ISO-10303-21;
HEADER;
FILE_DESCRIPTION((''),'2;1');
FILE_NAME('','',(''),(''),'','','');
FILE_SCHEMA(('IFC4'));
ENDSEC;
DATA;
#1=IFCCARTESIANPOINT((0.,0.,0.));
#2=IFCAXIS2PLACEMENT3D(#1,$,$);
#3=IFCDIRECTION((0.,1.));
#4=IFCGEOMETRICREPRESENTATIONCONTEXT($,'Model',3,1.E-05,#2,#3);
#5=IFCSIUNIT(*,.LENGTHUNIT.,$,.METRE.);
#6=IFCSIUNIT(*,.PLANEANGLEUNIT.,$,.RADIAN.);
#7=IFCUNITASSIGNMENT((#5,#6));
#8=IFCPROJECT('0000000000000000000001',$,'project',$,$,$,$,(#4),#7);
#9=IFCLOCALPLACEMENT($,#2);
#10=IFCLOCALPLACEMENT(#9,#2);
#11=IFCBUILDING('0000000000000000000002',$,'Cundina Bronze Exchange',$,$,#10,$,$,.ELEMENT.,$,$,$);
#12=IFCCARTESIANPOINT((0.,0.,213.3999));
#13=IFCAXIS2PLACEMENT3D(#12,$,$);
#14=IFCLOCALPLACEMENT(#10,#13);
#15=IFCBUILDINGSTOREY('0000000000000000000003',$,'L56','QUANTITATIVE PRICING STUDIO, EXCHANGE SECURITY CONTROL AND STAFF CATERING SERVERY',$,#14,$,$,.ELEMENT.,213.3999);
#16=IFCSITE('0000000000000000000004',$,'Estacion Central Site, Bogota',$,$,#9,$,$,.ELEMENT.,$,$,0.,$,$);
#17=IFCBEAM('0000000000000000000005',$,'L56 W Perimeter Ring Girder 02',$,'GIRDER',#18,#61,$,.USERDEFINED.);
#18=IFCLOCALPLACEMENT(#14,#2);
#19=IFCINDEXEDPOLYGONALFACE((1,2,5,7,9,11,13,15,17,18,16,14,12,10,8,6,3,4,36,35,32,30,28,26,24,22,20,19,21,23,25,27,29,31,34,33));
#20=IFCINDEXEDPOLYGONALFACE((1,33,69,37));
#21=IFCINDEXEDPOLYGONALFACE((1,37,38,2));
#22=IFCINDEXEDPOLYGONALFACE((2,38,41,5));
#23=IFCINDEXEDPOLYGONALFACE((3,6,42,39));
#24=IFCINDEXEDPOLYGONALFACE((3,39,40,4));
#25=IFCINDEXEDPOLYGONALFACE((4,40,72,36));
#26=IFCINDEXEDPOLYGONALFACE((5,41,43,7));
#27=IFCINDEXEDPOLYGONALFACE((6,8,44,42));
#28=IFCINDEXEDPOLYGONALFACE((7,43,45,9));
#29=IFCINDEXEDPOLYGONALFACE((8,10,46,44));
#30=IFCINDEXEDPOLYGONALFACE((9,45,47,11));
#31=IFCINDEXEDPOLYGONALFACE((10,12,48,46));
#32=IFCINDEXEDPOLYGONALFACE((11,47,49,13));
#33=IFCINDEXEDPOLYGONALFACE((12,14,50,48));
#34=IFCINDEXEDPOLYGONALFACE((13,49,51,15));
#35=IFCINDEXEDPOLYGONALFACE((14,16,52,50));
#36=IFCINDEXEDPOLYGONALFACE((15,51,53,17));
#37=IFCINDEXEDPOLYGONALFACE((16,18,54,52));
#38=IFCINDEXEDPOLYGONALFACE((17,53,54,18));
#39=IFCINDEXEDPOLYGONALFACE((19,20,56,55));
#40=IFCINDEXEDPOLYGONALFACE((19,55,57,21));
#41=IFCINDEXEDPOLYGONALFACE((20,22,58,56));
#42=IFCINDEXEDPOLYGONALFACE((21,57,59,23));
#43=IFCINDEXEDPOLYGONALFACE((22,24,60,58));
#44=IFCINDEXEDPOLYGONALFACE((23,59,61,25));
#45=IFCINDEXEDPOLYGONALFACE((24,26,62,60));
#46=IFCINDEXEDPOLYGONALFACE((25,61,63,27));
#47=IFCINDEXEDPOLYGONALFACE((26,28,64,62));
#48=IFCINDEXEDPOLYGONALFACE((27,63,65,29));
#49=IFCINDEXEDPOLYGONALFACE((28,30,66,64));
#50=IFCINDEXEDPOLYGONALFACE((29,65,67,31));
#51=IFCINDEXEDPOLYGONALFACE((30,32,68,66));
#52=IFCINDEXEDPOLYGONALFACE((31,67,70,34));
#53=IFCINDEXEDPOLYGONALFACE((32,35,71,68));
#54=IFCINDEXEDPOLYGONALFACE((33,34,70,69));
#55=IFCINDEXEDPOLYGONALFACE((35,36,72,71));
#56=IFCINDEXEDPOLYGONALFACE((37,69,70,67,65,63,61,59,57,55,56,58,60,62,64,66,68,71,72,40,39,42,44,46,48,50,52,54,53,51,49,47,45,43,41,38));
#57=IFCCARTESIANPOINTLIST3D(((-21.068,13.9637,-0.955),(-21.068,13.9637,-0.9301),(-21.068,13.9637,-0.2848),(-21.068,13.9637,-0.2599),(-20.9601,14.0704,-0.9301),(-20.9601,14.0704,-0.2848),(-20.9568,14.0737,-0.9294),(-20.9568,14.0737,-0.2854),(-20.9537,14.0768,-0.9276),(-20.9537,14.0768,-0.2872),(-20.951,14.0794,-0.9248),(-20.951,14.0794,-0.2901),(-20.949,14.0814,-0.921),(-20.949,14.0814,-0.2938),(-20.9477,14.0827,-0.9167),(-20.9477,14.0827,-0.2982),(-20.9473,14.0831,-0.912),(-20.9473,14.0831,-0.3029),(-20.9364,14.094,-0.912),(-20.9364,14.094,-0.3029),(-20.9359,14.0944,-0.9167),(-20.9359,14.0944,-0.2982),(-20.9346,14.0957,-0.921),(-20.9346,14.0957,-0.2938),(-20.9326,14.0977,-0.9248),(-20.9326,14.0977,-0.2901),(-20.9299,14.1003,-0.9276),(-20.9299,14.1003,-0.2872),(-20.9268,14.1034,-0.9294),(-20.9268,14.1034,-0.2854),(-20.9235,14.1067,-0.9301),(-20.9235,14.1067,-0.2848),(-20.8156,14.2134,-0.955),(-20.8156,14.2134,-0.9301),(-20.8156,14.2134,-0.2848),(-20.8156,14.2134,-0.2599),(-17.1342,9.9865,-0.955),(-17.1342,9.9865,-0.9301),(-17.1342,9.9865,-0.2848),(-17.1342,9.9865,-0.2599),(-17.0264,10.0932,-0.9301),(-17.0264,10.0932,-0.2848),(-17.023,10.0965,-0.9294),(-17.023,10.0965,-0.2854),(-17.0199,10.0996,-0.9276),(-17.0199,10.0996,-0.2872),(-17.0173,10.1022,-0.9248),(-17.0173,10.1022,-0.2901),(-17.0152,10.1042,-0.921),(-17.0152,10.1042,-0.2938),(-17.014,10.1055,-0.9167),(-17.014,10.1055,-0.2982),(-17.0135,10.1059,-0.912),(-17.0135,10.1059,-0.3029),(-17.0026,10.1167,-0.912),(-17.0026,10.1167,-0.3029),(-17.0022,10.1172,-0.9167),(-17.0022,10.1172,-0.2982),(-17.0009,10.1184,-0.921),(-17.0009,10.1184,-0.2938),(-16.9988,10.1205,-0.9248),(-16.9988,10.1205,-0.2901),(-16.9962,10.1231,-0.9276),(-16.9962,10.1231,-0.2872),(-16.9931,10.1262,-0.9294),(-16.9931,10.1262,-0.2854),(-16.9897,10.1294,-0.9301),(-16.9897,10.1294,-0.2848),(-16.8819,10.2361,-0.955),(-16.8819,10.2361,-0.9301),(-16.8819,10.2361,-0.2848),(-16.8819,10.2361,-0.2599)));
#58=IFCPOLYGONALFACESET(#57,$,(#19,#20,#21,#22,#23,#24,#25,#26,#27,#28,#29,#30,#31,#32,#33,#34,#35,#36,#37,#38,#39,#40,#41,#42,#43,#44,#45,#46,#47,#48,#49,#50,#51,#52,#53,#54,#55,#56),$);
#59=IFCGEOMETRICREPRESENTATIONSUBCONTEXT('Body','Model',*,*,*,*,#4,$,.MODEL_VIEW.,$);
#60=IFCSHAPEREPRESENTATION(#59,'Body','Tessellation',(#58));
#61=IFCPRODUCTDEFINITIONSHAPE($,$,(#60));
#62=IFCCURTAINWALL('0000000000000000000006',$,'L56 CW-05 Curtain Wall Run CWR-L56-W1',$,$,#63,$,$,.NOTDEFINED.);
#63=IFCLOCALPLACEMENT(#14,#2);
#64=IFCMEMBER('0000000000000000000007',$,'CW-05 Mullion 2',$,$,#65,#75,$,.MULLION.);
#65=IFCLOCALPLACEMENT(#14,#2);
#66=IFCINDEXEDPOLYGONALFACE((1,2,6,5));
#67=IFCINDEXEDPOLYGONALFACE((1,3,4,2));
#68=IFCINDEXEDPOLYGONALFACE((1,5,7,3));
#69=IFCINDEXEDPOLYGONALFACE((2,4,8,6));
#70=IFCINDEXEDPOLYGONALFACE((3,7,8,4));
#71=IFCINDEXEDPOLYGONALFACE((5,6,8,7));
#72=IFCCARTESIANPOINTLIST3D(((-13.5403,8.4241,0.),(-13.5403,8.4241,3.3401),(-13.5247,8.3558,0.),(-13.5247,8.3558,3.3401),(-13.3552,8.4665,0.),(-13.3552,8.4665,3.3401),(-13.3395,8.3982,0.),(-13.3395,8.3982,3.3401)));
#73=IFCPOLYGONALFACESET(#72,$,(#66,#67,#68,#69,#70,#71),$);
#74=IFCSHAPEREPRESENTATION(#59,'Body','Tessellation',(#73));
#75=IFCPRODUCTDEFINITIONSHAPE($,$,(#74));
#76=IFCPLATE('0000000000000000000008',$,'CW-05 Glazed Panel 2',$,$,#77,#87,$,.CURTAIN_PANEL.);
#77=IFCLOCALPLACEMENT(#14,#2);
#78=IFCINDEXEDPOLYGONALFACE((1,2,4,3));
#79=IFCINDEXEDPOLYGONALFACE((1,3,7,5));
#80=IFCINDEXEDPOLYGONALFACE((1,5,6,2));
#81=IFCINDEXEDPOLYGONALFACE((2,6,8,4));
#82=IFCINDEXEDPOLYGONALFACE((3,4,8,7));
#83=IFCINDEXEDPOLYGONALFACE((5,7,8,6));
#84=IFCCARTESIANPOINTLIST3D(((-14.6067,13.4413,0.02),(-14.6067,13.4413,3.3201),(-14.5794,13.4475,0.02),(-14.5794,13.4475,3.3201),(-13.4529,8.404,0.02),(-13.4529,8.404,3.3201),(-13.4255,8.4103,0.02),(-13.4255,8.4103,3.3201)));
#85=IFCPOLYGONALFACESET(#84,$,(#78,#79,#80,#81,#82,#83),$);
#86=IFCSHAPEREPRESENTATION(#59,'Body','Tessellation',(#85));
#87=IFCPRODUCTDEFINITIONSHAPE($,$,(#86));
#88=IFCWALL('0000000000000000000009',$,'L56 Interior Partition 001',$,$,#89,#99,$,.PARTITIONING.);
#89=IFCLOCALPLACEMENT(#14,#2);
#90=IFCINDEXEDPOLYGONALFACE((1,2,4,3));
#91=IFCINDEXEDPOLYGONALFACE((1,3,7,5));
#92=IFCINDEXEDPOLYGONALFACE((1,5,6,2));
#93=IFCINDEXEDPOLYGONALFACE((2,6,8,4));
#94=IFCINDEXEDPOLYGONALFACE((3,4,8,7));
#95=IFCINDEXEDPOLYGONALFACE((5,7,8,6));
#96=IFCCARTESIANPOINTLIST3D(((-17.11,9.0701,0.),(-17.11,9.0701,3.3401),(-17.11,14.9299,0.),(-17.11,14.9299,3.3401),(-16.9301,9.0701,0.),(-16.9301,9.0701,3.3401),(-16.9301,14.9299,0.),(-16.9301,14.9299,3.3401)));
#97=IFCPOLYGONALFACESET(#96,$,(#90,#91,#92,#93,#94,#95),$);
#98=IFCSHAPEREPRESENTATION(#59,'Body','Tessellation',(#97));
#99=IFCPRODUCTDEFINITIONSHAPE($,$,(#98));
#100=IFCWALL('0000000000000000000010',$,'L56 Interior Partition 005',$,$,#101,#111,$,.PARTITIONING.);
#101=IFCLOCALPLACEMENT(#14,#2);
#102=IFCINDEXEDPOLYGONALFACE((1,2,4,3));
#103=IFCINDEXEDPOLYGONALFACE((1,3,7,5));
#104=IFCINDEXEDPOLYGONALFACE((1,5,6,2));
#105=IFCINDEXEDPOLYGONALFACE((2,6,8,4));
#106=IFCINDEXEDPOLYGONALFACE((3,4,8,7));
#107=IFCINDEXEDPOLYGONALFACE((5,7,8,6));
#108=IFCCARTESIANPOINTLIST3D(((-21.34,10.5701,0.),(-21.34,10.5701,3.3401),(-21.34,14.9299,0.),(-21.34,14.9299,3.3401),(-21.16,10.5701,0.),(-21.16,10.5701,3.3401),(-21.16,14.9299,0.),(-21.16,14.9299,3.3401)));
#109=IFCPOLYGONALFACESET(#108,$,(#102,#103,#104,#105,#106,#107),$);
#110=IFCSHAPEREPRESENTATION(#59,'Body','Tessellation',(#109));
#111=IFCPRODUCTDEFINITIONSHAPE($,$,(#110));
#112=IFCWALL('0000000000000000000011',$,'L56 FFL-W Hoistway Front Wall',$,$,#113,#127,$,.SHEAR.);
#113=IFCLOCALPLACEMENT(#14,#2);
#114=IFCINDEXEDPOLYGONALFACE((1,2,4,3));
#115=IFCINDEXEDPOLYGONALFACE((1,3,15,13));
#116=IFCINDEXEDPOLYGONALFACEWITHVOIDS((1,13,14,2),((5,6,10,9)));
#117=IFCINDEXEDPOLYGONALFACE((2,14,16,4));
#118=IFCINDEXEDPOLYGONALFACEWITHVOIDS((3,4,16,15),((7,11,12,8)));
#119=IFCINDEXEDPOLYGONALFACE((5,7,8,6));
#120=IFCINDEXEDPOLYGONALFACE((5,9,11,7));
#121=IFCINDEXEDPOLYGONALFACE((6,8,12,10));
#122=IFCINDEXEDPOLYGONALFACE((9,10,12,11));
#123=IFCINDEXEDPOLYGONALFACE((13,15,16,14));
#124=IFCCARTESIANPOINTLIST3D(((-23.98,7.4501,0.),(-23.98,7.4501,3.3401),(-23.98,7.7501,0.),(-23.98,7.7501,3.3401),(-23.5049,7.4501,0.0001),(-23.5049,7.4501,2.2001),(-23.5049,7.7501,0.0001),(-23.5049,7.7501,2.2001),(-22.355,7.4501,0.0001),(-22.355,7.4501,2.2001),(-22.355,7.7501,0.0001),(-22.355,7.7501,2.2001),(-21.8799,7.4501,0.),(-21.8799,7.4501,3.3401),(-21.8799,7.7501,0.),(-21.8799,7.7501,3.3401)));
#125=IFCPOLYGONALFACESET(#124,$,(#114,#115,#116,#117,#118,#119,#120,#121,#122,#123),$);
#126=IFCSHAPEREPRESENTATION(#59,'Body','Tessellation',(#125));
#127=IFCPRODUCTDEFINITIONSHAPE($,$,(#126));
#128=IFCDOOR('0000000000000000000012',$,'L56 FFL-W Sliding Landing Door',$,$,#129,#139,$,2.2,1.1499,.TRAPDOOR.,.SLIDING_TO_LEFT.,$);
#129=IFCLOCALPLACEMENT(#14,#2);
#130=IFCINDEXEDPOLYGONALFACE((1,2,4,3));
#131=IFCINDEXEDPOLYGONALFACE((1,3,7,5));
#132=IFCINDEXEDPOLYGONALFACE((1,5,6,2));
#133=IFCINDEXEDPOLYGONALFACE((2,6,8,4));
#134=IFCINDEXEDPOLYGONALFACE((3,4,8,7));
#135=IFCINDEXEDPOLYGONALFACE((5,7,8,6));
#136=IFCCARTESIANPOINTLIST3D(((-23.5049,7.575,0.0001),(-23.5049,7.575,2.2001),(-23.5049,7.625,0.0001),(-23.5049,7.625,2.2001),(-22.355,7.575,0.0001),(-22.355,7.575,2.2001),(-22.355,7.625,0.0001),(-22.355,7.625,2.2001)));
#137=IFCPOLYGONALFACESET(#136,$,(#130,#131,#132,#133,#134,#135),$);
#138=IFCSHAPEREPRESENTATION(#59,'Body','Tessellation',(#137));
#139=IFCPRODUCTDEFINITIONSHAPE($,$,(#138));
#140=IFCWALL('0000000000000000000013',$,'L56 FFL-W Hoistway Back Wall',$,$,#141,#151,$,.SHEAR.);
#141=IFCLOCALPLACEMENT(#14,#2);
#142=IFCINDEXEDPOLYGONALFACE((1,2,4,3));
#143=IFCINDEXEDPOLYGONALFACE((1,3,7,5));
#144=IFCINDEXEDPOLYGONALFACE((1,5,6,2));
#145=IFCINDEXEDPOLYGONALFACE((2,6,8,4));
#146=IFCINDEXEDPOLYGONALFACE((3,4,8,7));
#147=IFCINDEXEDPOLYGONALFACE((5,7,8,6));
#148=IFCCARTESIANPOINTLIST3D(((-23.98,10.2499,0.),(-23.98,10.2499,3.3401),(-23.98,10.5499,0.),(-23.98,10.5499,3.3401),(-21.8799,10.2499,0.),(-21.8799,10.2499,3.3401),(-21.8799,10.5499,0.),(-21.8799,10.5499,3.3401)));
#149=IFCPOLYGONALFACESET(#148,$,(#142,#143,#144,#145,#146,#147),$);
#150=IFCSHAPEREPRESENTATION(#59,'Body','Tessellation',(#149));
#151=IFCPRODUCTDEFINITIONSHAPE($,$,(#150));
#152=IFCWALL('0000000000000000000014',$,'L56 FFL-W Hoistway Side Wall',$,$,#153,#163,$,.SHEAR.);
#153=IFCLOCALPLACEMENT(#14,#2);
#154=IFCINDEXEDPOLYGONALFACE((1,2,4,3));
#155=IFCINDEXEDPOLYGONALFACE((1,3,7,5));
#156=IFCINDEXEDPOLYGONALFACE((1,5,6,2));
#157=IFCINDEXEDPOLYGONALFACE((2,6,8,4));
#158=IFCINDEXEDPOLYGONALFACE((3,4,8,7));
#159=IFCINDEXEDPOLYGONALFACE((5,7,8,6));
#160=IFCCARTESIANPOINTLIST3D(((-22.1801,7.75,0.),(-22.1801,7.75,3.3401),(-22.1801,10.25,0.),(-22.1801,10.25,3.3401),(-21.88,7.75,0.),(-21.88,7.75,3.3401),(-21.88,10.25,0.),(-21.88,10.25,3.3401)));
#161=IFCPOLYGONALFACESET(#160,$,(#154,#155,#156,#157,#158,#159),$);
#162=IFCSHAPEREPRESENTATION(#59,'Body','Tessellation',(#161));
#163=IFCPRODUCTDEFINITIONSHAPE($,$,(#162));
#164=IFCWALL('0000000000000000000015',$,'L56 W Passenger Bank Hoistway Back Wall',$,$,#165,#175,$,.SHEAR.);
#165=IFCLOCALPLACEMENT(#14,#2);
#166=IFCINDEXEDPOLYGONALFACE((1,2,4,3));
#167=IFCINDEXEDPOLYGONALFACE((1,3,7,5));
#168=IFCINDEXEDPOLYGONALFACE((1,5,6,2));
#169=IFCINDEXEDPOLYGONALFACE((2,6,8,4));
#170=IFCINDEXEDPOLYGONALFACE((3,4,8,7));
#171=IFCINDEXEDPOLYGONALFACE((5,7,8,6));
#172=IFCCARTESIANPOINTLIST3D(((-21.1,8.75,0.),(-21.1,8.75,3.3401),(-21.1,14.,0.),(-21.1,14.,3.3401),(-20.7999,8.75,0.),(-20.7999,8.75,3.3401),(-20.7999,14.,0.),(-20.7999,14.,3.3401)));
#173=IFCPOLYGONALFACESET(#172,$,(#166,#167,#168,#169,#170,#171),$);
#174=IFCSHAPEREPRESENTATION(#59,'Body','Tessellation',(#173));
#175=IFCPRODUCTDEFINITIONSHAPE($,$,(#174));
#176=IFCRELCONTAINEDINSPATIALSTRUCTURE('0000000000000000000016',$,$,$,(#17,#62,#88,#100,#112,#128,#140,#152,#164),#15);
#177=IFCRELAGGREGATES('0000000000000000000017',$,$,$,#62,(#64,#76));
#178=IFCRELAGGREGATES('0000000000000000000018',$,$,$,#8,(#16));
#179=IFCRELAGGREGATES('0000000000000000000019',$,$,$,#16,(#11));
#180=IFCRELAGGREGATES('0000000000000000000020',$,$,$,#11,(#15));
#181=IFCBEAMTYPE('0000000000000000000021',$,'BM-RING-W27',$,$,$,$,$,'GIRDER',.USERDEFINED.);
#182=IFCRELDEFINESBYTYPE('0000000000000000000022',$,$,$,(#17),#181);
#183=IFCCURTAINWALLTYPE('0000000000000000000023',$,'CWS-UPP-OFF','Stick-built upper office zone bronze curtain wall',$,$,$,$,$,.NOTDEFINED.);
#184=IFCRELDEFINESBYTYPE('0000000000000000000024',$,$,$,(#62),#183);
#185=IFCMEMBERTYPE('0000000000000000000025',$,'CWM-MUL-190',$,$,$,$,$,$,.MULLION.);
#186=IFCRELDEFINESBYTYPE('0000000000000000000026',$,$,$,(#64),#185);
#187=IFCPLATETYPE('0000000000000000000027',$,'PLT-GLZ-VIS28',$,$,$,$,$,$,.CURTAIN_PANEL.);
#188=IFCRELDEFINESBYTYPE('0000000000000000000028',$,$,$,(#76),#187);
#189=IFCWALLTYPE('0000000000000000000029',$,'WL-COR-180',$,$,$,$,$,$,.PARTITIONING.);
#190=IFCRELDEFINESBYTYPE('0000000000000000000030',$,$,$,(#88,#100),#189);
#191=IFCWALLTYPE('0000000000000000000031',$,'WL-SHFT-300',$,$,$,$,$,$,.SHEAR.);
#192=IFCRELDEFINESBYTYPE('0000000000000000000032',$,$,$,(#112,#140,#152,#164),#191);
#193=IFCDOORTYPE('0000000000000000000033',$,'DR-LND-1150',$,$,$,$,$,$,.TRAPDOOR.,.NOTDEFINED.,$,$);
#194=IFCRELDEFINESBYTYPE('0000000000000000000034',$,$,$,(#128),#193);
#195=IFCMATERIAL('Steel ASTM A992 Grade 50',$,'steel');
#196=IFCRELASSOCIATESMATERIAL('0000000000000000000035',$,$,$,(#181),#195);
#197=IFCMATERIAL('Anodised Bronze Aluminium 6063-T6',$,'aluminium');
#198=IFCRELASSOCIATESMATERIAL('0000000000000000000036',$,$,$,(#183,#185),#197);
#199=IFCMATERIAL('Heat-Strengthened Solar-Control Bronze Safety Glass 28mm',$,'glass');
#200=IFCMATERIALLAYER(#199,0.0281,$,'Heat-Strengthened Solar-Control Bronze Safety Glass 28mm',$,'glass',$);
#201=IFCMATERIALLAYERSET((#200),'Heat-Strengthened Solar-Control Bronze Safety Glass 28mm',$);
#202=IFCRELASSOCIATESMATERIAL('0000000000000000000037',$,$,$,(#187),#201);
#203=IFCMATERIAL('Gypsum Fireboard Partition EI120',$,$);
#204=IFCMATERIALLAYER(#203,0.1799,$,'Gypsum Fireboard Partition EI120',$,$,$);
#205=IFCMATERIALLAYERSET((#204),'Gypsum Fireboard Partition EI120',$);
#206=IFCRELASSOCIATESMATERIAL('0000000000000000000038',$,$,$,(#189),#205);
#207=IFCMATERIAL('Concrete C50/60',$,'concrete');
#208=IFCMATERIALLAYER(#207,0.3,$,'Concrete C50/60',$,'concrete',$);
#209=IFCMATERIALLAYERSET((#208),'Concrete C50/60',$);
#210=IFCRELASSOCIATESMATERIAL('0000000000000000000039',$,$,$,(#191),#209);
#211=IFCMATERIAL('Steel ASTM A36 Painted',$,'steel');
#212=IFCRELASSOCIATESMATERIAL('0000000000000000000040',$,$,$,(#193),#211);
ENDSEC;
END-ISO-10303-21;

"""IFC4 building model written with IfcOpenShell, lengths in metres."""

from ifc_helpers import new_model, si_unit, direction, frame, frame_2d, origin, origin_2d, place, context, subcontext, project, spatial, rectangle, i_section, extrude, material, layer, layer_set, material_profile, profile_set, type_object, element, fill, aggregate, save


model = new_model("IFC4")

# Units and contexts
model_context = context("Model", 3, precision=1e-05, world=origin(), true_north=direction((0.0, 1.0)))
body_context = subcontext(model_context, "Body", "Model", "MODEL_VIEW")
ifc_project = project(units=[si_unit("LENGTHUNIT", "METRE"), si_unit("PLANEANGLEUNIT", "RADIAN")], contexts=[model_context])

# Site, building, storey
site_placement = place(None, origin())
site = spatial("IfcSite", under=ifc_project, at=site_placement, Name="Estacion Central Site, Bogota", CompositionType="ELEMENT", RefElevation=0.0)
building_placement = place(site_placement, origin())
building = spatial("IfcBuilding", under=site, at=building_placement, Name="Cundina Bronze Exchange", CompositionType="ELEMENT")
storey_placement = place(building_placement, frame((0.0, 0.0, 213.3999)))
storey = spatial("IfcBuildingStorey", under=building, at=storey_placement, Name="L56", Description="QUANTITATIVE PRICING STUDIO, EXCHANGE SECURITY CONTROL AND STAFF CATERING SERVERY", CompositionType="ELEMENT", Elevation=213.3999)

# Shared definitions
ifc_material_1 = material(Name="Concrete C50/60", Category="concrete")

# Beam
ifc_material_2 = material(Name="Steel ASTM A992 Grade 50", Category="steel")
ifc_material_profile_1 = material_profile(ifc_material_2, i_section(OverallWidth=0.355, OverallDepth=0.6951, WebThickness=0.0154, FlangeThickness=0.0249, FilletRadius=0.0181, at=origin_2d()), Name="W27X146", Category="steel")
ifc_profile_set_1 = profile_set([ifc_material_profile_1], Name="Steel ASTM A992 Grade 50")
beam_type_1 = type_object("IfcBeamType", Name="BM-RING-W27", ElementType="GIRDER", PredefinedType="USERDEFINED", material=ifc_profile_set_1)
beam_1_placement = place(storey_placement, frame((-17.0081, 10.1113, -0.6074), z_axis=(-0.703212, 0.71098, 0.0), x_axis=(-0.71098, -0.703212, 0.0)))
element("IfcBeam", 1, at=beam_1_placement, inside=storey, type_object=beam_type_1, Name="L56 W Perimeter Ring Girder 02", ObjectType="GIRDER", PredefinedType="USERDEFINED", context=body_context, shape_type="SweptSolid", body=[
    extrude(i_section(OverallWidth=0.355, OverallDepth=0.6951, WebThickness=0.0154, FlangeThickness=0.0249, FilletRadius=0.0181, at=origin_2d()), origin(), (0.0, 0.0, 1.0), 5.594),
])

# Curtain wall, member, plate
ifc_material_3 = material(Name="Anodised Bronze Aluminium 6063-T6", Category="aluminium")
curtain_wall_type = type_object("IfcCurtainWallType", Name="CWS-UPP-OFF", Description="Stick-built upper office zone bronze curtain wall", PredefinedType="NOTDEFINED", material=ifc_material_3)
curtain_wall_placement = place(storey_placement, origin())
curtain_wall = element("IfcCurtainWall", 2, at=curtain_wall_placement, inside=storey, type_object=curtain_wall_type, Name="L56 CW-05 Curtain Wall Run CWR-L56-W1", PredefinedType="NOTDEFINED")
ifc_material_profile_2 = material_profile(ifc_material_3, rectangle(XDim=0.0701, YDim=0.1899, at=origin_2d()), Name="AL70X190", Category="aluminium")
ifc_profile_set_2 = profile_set([ifc_material_profile_2], Name="Anodised Bronze Aluminium 6063-T6")
member_type = type_object("IfcMemberType", Name="CWM-MUL-190", PredefinedType="MULLION", material=ifc_profile_set_2)
member_placement = place(storey_placement, frame((-13.4399, 8.4111, 0.0), z_axis=(0.0, 0.0, 1.0), x_axis=(-0.22325, 0.974761, 0.0)))
member = element("IfcMember", 3, at=member_placement, type_object=member_type, Name="CW-05 Mullion 2", PredefinedType="MULLION", context=body_context, shape_type="SweptSolid", body=[
    extrude(rectangle(XDim=0.0701, YDim=0.1899, at=origin_2d()), origin(), (0.0, 0.0, 1.0), 3.3401),
])
ifc_material_4 = material(Name="Heat-Strengthened Solar-Control Bronze Safety Glass 28mm", Category="glass")
ifc_layer_1 = layer(ifc_material_4, 0.0281, Name="Heat-Strengthened Solar-Control Bronze Safety Glass 28mm", Category="glass")
ifc_layer_set_1 = layer_set([ifc_layer_1], Name="Heat-Strengthened Solar-Control Bronze Safety Glass 28mm")
plate_type = type_object("IfcPlateType", Name="PLT-GLZ-VIS28", PredefinedType="CURTAIN_PANEL", material=ifc_layer_set_1)
plate_placement = place(storey_placement, frame((-14.0161, 10.9258, 0.02), z_axis=(0.0, 0.0, 1.0), x_axis=(-0.223284, 0.974753, 0.0)))
plate = element("IfcPlate", 4, at=plate_placement, type_object=plate_type, Name="CW-05 Glazed Panel 2", PredefinedType="CURTAIN_PANEL", context=body_context, shape_type="SweptSolid", body=[
    extrude(rectangle(XDim=5.1677, YDim=0.0281, at=origin_2d()), origin(), (0.0, 0.0, 1.0), 3.3),
])
aggregate(curtain_wall, [member, plate])

# Walls
ifc_material_5 = material(Name="Gypsum Fireboard Partition EI120")
ifc_layer_2 = layer(ifc_material_5, 0.1799, Name="Gypsum Fireboard Partition EI120")
ifc_layer_set_2 = layer_set([ifc_layer_2], Name="Gypsum Fireboard Partition EI120")
wall_type_1 = type_object("IfcWallType", Name="WL-COR-180", PredefinedType="PARTITIONING", material=ifc_layer_set_2)
wall_1_placement = place(storey_placement, frame((-17.02, 9.0701, 0.0), z_axis=(0.0, 0.0, 1.0), x_axis=(0.0, 1.0, 0.0)))
element("IfcWall", 5, at=wall_1_placement, inside=storey, type_object=wall_type_1, Name="L56 Interior Partition 001", PredefinedType="PARTITIONING", context=body_context, shape_type="SweptSolid", body=[
    extrude(rectangle(XDim=5.8599, YDim=0.1799, at=frame_2d((2.9299, 0.0))), origin(), (0.0, 0.0, 1.0), 3.3401),
])
wall_2_placement = place(storey_placement, frame((-21.25, 10.5701, 0.0), z_axis=(0.0, 0.0, 1.0), x_axis=(0.0, 1.0, 0.0)))
element("IfcWall", 6, at=wall_2_placement, inside=storey, type_object=wall_type_1, Name="L56 Interior Partition 005", PredefinedType="PARTITIONING", context=body_context, shape_type="SweptSolid", body=[
    extrude(rectangle(XDim=4.3599, YDim=0.1799, at=frame_2d((2.1799, 0.0))), origin(), (0.0, 0.0, 1.0), 3.3401),
])

# Wall, opening, door
ifc_layer_3 = layer(ifc_material_1, 0.3, Name="Concrete C50/60", Category="concrete")
ifc_layer_set_3 = layer_set([ifc_layer_3], Name="Concrete C50/60")
wall_type_2 = type_object("IfcWallType", Name="WL-SHFT-300", PredefinedType="SHEAR", material=ifc_layer_set_3)
wall_3_placement = place(storey_placement, frame((-23.98, 7.6001, 0.0), z_axis=(0.0, 0.0, 1.0), x_axis=(1.0, 0.0, 0.0)))
wall_3 = element("IfcWall", 7, at=wall_3_placement, inside=storey, type_object=wall_type_2, Name="L56 FFL-W Hoistway Front Wall", PredefinedType="SHEAR", context=body_context, shape_type="SweptSolid", body=[
    extrude(rectangle(XDim=2.1001, YDim=0.3, at=frame_2d((1.05, 0.0))), origin(), (0.0, 0.0, 1.0), 3.3401),
])
opening_1_placement = place(wall_3_placement, frame((0.4751, 0.0, 0.0)))
opening_1 = element("IfcOpeningElement", 8, at=opening_1_placement, cuts=wall_3, PredefinedType="OPENING", context=body_context, shape_type="SweptSolid", body=[
    extrude(rectangle(XDim=1.1499, YDim=2.2, at=frame_2d((0.575, 1.1001))), frame((0.0, 0.1599, 0.0), z_axis=(0.0, -1.0, 0.0), x_axis=(1.0, 0.0, 0.0)), (0.0, 0.0, 1.0), 0.3201),
])
ifc_material_6 = material(Name="Steel ASTM A36 Painted", Category="steel")
door_type = type_object("IfcDoorType", Name="DR-LND-1150", OperationType="NOTDEFINED", PredefinedType="TRAPDOOR", material=ifc_material_6)
door_1_placement = place(opening_1_placement, origin())
door_1 = element("IfcDoor", 9, at=door_1_placement, inside=storey, type_object=door_type, Name="L56 FFL-W Sliding Landing Door", OperationType="SLIDING_TO_LEFT", OverallHeight=2.2, OverallWidth=1.1499, PredefinedType="TRAPDOOR", context=body_context, shape_type="SweptSolid", body=[
    extrude(rectangle(XDim=1.1499, YDim=2.2, at=frame_2d((0.575, 1.1001))), frame((0.0, 0.0249, 0.0), z_axis=(0.0, -1.0, 0.0), x_axis=(1.0, 0.0, 0.0)), (0.0, 0.0, 1.0), 0.05),
])
fill(opening_1, door_1)

# Walls
wall_4_placement = place(storey_placement, frame((-23.98, 10.3999, 0.0), z_axis=(0.0, 0.0, 1.0), x_axis=(1.0, 0.0, 0.0)))
element("IfcWall", 10, at=wall_4_placement, inside=storey, type_object=wall_type_2, Name="L56 FFL-W Hoistway Back Wall", PredefinedType="SHEAR", context=body_context, shape_type="SweptSolid", body=[
    extrude(rectangle(XDim=2.1001, YDim=0.3, at=frame_2d((1.05, 0.0))), origin(), (0.0, 0.0, 1.0), 3.3401),
])
wall_5_placement = place(storey_placement, frame((-22.03, 7.75, 0.0), z_axis=(0.0, 0.0, 1.0), x_axis=(0.0, 1.0, 0.0)))
element("IfcWall", 11, at=wall_5_placement, inside=storey, type_object=wall_type_2, Name="L56 FFL-W Hoistway Side Wall", PredefinedType="SHEAR", context=body_context, shape_type="SweptSolid", body=[
    extrude(rectangle(XDim=2.5, YDim=0.3, at=frame_2d((1.25, 0.0))), origin(), (0.0, 0.0, 1.0), 3.3401),
])
wall_6_placement = place(storey_placement, frame((-20.95, 8.75, 0.0), z_axis=(0.0, 0.0, 1.0), x_axis=(0.0, 1.0, 0.0)))
element("IfcWall", 12, at=wall_6_placement, inside=storey, type_object=wall_type_2, Name="L56 W Passenger Bank Hoistway Back Wall", PredefinedType="SHEAR", context=body_context, shape_type="SweptSolid", body=[
    extrude(rectangle(XDim=5.25, YDim=0.3, at=frame_2d((2.625, 0.0))), origin(), (0.0, 0.0, 1.0), 3.3401),
])

save(model, "model.ifc")
